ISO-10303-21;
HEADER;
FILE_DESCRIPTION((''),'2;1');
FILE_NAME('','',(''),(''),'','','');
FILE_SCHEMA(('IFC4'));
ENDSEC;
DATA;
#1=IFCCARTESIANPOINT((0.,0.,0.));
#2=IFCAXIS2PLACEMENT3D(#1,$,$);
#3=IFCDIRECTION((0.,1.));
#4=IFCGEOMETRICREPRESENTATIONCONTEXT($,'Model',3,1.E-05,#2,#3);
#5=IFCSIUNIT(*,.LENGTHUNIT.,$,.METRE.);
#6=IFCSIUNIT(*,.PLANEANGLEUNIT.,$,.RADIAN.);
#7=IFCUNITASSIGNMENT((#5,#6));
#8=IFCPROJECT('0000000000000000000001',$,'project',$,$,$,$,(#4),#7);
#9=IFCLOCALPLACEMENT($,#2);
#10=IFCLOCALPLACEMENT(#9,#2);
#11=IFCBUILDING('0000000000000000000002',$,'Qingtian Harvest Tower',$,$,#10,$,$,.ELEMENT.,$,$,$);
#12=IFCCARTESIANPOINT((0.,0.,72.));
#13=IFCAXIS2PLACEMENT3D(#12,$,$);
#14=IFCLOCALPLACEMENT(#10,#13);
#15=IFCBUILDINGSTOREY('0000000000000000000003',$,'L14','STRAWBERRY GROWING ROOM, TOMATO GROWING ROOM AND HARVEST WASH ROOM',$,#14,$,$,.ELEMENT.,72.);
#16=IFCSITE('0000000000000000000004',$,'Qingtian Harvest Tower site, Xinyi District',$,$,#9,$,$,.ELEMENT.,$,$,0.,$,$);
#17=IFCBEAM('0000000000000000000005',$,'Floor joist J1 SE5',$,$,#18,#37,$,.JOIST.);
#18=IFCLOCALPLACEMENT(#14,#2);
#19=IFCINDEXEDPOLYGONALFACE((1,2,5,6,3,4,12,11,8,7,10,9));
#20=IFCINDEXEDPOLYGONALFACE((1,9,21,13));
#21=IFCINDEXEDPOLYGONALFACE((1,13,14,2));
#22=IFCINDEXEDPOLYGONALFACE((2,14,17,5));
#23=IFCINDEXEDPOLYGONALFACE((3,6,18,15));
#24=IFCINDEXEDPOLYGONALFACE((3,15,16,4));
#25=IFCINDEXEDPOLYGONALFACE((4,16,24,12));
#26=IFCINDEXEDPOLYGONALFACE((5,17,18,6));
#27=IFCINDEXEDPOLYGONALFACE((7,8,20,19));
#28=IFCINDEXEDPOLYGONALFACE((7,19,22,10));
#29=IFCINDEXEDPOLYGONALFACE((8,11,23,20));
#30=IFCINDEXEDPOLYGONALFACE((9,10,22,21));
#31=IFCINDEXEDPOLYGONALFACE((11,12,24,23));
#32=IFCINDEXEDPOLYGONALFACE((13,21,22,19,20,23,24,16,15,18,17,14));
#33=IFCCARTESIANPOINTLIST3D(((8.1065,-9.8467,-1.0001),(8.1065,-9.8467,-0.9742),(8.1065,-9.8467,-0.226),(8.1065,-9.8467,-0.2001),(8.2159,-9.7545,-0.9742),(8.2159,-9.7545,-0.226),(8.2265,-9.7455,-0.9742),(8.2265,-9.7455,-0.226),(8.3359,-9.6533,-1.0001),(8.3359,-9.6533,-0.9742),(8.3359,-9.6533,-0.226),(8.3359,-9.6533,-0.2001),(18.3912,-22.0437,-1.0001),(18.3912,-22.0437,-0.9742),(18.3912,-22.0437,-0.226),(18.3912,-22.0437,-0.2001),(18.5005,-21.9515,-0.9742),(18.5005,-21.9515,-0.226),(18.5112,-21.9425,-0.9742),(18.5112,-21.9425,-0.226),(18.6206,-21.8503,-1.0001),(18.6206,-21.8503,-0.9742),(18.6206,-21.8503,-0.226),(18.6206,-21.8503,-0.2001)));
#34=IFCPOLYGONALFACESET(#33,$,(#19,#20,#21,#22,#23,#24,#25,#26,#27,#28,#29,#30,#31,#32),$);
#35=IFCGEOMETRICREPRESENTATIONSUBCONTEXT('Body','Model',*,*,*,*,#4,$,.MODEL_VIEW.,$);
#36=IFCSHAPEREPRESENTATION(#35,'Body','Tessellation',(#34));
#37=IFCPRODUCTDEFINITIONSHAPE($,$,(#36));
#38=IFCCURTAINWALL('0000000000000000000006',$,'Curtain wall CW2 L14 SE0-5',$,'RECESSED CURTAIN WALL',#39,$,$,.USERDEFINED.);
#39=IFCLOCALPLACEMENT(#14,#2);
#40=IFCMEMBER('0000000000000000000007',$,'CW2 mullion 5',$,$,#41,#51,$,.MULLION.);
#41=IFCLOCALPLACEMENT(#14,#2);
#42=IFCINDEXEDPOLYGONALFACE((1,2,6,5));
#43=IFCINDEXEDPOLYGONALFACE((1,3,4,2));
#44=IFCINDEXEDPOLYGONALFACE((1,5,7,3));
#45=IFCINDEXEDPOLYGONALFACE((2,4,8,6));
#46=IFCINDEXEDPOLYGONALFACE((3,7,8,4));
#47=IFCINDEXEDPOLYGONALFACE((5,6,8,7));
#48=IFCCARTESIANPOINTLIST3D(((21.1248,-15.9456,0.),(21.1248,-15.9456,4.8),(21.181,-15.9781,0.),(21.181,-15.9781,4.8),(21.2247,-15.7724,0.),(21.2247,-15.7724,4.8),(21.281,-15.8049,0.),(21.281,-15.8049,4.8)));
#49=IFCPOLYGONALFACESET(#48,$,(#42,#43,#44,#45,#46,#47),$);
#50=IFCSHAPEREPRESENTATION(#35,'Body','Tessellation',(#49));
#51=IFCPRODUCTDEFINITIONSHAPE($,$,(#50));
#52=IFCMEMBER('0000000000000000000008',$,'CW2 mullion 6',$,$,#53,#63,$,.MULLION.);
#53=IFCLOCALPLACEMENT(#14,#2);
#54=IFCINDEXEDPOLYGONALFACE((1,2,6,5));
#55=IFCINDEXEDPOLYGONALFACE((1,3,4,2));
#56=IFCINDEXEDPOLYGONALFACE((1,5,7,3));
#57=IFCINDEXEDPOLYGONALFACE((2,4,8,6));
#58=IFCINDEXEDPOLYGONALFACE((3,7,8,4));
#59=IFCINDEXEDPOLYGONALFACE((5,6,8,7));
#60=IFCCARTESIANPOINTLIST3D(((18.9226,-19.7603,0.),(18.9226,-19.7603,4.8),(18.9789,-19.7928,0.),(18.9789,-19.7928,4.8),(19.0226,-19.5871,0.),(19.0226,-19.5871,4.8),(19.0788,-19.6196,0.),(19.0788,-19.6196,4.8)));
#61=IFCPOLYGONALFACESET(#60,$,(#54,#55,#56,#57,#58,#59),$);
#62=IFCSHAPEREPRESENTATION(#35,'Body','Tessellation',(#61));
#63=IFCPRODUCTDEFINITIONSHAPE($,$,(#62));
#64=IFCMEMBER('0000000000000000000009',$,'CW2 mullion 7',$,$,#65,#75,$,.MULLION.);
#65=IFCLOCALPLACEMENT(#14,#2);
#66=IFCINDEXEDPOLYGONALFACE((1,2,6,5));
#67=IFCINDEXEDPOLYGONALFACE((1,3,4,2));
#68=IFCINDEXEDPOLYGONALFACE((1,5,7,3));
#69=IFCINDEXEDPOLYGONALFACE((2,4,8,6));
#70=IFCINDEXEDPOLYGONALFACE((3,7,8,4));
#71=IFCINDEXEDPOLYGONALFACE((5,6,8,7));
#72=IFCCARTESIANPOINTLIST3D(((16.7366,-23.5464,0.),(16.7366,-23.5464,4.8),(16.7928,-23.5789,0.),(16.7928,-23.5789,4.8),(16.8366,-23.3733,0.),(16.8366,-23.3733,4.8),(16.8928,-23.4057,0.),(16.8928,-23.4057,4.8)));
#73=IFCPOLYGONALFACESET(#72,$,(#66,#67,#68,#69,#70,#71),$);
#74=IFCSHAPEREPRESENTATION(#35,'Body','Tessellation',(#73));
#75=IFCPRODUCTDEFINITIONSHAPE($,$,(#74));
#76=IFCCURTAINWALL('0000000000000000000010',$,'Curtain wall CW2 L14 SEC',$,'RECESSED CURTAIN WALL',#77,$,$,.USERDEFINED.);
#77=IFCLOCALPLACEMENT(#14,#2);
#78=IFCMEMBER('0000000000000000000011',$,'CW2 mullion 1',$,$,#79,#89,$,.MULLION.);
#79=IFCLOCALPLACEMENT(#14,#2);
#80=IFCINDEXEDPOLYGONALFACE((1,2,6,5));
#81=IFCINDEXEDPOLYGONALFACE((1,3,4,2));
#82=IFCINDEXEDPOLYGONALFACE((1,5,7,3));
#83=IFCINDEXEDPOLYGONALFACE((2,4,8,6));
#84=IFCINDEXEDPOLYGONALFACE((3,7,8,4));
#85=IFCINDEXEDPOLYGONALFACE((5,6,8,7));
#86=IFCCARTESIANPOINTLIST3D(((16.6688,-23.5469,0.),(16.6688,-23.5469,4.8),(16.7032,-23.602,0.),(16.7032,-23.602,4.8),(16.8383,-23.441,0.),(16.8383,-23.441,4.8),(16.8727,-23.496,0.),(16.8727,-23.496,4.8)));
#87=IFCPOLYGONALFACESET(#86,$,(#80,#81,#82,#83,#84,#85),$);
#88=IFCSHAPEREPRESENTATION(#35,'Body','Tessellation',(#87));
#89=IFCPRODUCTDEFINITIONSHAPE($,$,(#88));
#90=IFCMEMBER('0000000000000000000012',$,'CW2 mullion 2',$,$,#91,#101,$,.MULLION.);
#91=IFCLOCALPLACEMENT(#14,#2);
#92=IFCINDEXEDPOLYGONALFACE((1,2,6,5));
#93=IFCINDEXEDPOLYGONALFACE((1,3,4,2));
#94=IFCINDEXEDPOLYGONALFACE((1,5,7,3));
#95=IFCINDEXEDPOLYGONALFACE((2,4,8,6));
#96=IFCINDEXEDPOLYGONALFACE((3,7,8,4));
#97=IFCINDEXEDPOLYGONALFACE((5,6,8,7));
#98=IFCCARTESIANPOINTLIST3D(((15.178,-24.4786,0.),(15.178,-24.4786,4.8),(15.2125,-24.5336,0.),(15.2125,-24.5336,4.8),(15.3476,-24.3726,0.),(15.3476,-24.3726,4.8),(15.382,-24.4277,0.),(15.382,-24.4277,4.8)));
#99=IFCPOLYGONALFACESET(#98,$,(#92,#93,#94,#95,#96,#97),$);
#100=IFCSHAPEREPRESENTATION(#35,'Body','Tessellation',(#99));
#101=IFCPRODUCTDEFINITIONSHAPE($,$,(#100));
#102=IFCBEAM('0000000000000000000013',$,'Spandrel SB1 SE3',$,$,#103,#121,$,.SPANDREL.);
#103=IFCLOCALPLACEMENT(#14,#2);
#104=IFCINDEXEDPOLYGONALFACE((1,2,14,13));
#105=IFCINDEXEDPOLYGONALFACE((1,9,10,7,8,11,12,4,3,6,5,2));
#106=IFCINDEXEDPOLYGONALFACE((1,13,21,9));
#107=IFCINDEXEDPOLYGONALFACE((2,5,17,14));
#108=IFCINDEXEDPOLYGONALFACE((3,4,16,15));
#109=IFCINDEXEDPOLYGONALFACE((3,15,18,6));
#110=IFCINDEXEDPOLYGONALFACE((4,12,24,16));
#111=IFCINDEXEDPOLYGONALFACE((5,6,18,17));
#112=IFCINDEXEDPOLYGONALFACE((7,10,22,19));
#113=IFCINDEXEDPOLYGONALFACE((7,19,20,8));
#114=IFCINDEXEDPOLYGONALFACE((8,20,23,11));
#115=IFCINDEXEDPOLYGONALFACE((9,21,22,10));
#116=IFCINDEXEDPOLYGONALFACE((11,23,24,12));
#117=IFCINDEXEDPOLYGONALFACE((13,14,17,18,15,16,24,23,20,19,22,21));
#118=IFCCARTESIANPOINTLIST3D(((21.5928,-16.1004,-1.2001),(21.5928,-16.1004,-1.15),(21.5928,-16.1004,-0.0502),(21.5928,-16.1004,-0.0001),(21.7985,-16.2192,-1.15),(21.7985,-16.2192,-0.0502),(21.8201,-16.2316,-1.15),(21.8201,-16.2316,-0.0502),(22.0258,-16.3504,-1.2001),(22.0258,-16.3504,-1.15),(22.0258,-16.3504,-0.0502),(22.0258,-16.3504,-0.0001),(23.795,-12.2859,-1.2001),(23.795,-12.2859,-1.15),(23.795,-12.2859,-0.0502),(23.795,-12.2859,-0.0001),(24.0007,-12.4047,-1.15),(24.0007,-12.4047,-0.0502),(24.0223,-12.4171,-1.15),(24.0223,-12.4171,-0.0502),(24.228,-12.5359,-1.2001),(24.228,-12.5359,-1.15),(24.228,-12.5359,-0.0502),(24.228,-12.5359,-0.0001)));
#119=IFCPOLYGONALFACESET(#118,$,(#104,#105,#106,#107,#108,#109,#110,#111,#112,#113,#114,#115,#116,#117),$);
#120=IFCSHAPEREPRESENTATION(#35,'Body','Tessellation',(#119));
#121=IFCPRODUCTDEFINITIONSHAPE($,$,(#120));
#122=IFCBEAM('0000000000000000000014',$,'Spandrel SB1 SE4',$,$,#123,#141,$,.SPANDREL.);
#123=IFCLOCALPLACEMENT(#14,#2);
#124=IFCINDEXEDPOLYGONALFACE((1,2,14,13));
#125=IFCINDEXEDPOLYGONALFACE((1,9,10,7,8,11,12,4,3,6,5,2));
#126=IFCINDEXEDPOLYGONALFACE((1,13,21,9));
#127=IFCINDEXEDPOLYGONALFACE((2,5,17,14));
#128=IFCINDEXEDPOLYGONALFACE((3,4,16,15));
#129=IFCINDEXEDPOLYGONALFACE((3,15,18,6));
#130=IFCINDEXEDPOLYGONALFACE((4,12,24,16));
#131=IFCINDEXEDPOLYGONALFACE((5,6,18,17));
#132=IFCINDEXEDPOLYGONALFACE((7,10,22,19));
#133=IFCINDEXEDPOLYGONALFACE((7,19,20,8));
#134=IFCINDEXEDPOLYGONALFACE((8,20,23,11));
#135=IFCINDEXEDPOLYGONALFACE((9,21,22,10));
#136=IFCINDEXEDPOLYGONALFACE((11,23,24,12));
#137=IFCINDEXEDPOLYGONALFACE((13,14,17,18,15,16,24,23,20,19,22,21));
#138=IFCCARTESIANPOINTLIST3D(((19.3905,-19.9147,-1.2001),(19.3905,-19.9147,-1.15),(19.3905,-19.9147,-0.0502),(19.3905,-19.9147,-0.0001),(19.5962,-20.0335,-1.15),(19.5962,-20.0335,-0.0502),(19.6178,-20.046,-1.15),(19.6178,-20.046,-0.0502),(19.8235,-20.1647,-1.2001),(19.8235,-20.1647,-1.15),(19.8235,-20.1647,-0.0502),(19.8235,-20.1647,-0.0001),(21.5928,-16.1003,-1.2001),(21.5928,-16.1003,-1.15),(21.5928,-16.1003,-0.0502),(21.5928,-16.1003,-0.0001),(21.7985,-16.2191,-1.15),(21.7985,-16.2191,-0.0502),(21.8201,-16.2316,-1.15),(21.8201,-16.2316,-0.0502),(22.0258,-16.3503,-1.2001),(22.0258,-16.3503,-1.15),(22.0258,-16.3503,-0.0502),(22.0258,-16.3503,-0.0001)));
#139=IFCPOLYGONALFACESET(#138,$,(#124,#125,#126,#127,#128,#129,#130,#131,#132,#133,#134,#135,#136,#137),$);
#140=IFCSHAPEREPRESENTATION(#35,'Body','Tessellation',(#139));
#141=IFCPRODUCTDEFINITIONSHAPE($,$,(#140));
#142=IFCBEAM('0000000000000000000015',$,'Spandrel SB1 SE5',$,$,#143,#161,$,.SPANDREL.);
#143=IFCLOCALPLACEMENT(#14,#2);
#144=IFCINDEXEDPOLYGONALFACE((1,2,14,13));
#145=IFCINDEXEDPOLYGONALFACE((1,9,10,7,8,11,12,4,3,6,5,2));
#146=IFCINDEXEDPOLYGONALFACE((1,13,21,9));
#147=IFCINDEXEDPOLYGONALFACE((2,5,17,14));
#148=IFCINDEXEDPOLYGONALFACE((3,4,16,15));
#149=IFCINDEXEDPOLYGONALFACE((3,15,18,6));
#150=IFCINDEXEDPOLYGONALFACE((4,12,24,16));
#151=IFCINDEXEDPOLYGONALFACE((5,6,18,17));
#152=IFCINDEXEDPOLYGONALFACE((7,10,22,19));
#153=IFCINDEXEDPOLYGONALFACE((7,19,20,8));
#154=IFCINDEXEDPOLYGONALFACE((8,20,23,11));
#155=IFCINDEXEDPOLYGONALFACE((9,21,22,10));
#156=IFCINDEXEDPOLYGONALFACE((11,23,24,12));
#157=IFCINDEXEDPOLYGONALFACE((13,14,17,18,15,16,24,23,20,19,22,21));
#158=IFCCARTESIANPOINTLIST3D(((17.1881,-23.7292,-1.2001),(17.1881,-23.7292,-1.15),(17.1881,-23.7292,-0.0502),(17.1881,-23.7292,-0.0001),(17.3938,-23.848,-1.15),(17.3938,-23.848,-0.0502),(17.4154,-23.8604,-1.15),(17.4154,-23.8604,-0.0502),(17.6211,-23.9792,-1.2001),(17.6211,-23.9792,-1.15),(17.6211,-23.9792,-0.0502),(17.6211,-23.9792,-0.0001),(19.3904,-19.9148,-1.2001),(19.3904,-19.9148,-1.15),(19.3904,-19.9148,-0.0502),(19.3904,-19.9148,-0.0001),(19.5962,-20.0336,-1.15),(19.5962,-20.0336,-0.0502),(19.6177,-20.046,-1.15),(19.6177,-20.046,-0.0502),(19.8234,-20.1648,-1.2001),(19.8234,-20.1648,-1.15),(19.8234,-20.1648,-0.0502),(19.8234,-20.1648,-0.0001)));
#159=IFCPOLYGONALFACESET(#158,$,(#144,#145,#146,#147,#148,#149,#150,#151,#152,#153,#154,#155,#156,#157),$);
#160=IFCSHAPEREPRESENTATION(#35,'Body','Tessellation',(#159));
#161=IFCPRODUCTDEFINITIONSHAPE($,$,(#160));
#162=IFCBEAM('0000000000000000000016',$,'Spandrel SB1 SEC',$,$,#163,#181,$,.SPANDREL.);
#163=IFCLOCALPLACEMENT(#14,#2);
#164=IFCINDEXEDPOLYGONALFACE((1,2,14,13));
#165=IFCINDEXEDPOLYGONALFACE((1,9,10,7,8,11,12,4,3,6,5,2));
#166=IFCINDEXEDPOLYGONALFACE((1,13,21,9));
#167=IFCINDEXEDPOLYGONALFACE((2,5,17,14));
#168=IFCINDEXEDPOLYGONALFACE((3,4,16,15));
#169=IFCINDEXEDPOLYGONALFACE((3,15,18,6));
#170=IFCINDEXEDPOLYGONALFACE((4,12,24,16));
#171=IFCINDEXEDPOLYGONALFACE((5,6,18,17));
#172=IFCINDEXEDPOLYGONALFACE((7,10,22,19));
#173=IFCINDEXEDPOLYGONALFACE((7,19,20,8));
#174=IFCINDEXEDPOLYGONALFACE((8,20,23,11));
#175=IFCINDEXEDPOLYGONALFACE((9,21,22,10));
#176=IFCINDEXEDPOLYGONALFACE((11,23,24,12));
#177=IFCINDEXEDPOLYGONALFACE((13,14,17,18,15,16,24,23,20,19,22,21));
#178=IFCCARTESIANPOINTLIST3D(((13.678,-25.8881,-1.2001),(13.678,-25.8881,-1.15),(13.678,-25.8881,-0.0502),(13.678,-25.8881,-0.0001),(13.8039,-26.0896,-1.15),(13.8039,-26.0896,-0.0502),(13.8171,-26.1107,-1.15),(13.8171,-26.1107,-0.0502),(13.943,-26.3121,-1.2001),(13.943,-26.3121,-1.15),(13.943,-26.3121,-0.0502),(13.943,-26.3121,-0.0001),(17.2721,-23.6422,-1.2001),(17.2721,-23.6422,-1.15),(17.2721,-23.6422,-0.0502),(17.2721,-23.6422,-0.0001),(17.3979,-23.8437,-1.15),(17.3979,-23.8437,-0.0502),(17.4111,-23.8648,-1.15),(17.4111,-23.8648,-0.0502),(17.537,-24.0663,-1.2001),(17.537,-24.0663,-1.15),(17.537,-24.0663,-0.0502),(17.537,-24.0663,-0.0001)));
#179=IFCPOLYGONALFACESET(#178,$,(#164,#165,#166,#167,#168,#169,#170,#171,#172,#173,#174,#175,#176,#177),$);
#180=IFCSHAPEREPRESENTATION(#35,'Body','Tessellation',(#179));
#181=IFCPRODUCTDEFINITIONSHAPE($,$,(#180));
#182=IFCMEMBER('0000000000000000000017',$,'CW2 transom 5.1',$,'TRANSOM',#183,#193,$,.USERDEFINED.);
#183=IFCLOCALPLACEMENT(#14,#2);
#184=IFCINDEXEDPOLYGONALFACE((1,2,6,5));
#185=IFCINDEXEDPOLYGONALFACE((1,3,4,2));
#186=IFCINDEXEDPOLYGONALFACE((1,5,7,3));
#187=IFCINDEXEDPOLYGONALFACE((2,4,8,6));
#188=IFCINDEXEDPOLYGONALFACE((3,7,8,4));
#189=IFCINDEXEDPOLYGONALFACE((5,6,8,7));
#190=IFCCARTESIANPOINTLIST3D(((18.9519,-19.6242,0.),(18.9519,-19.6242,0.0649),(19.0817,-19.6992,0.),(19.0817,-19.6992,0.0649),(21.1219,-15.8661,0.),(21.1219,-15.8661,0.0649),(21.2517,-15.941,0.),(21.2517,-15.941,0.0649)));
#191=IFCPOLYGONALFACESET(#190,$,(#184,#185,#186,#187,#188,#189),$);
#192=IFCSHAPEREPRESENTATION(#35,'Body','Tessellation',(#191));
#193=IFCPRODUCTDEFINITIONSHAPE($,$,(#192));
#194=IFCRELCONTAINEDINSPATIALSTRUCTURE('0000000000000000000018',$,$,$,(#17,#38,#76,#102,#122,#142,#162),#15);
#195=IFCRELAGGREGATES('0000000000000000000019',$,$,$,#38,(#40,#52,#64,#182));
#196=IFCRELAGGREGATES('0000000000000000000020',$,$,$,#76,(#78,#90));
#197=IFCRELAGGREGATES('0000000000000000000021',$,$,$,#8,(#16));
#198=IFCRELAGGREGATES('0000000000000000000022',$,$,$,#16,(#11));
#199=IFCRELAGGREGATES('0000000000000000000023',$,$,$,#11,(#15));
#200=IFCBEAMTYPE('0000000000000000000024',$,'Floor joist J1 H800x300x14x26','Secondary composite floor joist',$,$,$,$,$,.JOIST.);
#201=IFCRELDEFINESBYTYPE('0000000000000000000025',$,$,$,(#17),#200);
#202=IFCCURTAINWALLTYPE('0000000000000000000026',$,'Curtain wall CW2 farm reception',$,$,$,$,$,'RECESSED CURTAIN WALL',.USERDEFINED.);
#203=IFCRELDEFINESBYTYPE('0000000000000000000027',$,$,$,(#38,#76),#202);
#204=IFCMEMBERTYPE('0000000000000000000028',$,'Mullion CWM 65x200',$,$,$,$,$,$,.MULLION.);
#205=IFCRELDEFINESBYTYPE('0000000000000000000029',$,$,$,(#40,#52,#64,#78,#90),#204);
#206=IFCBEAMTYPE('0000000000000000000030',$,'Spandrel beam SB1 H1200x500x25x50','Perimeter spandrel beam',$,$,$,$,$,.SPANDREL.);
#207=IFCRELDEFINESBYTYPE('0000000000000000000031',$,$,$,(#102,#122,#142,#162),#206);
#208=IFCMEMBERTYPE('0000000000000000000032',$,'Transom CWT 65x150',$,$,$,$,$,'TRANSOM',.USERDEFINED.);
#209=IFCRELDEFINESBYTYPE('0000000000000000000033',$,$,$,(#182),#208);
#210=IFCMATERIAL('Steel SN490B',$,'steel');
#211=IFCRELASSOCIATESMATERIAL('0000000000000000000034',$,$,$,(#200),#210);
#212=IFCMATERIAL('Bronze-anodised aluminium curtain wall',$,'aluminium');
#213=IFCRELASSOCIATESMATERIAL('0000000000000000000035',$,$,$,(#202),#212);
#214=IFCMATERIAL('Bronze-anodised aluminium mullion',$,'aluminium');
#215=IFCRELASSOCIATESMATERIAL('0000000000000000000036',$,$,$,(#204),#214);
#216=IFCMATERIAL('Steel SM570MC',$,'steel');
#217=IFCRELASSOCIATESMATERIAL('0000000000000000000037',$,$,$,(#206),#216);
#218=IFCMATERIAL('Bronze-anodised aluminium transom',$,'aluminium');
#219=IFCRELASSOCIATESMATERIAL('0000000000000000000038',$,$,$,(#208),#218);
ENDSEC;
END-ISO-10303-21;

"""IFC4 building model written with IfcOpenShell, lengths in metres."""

from ifc_helpers import new_model, si_unit, direction, frame, origin, origin_2d, place, context, subcontext, project, spatial, rectangle, i_section, extrude, material, material_profile, profile_set, type_object, element, aggregate, save


model = new_model("IFC4")

# Units and contexts
model_context = context("Model", 3, precision=1e-05, world=origin(), true_north=direction((0.0, 1.0)))
body_context = subcontext(model_context, "Body", "Model", "MODEL_VIEW")
ifc_project = project(units=[si_unit("LENGTHUNIT", "METRE"), si_unit("PLANEANGLEUNIT", "RADIAN")], contexts=[model_context])

# Site, building, storey
site_placement = place(None, origin())
site = spatial("IfcSite", under=ifc_project, at=site_placement, Name="Qingtian Harvest Tower site, Xinyi District", CompositionType="ELEMENT", RefElevation=0.0)
building_placement = place(site_placement, origin())
building = spatial("IfcBuilding", under=site, at=building_placement, Name="Qingtian Harvest Tower", CompositionType="ELEMENT")
storey_placement = place(building_placement, frame((0.0, 0.0, 72.0)))
storey = spatial("IfcBuildingStorey", under=building, at=storey_placement, Name="L14", Description="STRAWBERRY GROWING ROOM, TOMATO GROWING ROOM AND HARVEST WASH ROOM", CompositionType="ELEMENT", Elevation=72.0)

# Beam
ifc_material_1 = material(Name="Steel SN490B", Category="steel")
ifc_material_profile_1 = material_profile(ifc_material_1, i_section(OverallWidth=0.3, OverallDepth=0.8, WebThickness=0.0139, FlangeThickness=0.0259, at=origin_2d()), Name="H800x300x14x26")
ifc_profile_set_1 = profile_set([ifc_material_profile_1], Name="Steel SN490B")
beam_type_1 = type_object("IfcBeamType", Name="Floor joist J1 H800x300x14x26", Description="Secondary composite floor joist", PredefinedType="JOIST", material=ifc_profile_set_1)
beam_1_placement = place(storey_placement, frame((18.5059, -21.947, -0.6001), z_axis=(-0.64463, 0.764494, 0.0), x_axis=(-0.764494, -0.64463, 0.0)))
element("IfcBeam", 1, at=beam_1_placement, inside=storey, type_object=beam_type_1, Name="Floor joist J1 SE5", PredefinedType="JOIST", context=body_context, shape_type="SweptSolid", body=[
    extrude(i_section(OverallWidth=0.3, OverallDepth=0.8, WebThickness=0.0139, FlangeThickness=0.0259, at=origin_2d()), origin(), (0.0, 0.0, 1.0), 15.9543),
])

# Curtain walls, members
ifc_material_2 = material(Name="Bronze-anodised aluminium curtain wall", Category="aluminium")
curtain_wall_type = type_object("IfcCurtainWallType", Name="Curtain wall CW2 farm reception", ElementType="RECESSED CURTAIN WALL", PredefinedType="USERDEFINED", material=ifc_material_2)
curtain_wall_1_placement = place(storey_placement, origin())
curtain_wall_1 = element("IfcCurtainWall", 2, at=curtain_wall_1_placement, inside=storey, type_object=curtain_wall_type, Name="Curtain wall CW2 L14 SE0-5", ObjectType="RECESSED CURTAIN WALL", PredefinedType="USERDEFINED")
ifc_material_3 = material(Name="Bronze-anodised aluminium mullion", Category="aluminium")
ifc_material_profile_2 = material_profile(ifc_material_3, rectangle(XDim=0.0649, YDim=0.2, at=origin_2d()), Name="AL 65x200")
ifc_profile_set_2 = profile_set([ifc_material_profile_2], Name="Bronze-anodised aluminium mullion")
member_type_1 = type_object("IfcMemberType", Name="Mullion CWM 65x200", PredefinedType="MULLION", material=ifc_profile_set_2)
member_1_placement = place(storey_placement, frame((21.2029, -15.8752, 0.0), z_axis=(0.0, 0.0, 1.0), x_axis=(0.866025, -0.5, 0.0)))
member_1 = element("IfcMember", 3, at=member_1_placement, type_object=member_type_1, Name="CW2 mullion 5", PredefinedType="MULLION", context=body_context, shape_type="SweptSolid", body=[
    extrude(rectangle(XDim=0.0649, YDim=0.2, at=origin_2d()), origin(), (0.0, 0.0, 1.0), 4.8),
])
member_2_placement = place(storey_placement, frame((19.0007, -19.6899, 0.0), z_axis=(0.0, 0.0, 1.0), x_axis=(0.866025, -0.5, 0.0)))
member_2 = element("IfcMember", 4, at=member_2_placement, type_object=member_type_1, Name="CW2 mullion 6", PredefinedType="MULLION", context=body_context, shape_type="SweptSolid", body=[
    extrude(rectangle(XDim=0.0649, YDim=0.2, at=origin_2d()), origin(), (0.0, 0.0, 1.0), 4.8),
])
member_3_placement = place(storey_placement, frame((16.8147, -23.4761, 0.0), z_axis=(0.0, 0.0, 1.0), x_axis=(0.866025, -0.5, 0.0)))
member_3 = element("IfcMember", 5, at=member_3_placement, type_object=member_type_1, Name="CW2 mullion 7", PredefinedType="MULLION", context=body_context, shape_type="SweptSolid", body=[
    extrude(rectangle(XDim=0.0649, YDim=0.2, at=origin_2d()), origin(), (0.0, 0.0, 1.0), 4.8),
])
curtain_wall_2_placement = place(storey_placement, origin())
curtain_wall_2 = element("IfcCurtainWall", 6, at=curtain_wall_2_placement, inside=storey, type_object=curtain_wall_type, Name="Curtain wall CW2 L14 SEC", ObjectType="RECESSED CURTAIN WALL", PredefinedType="USERDEFINED")
member_4_placement = place(storey_placement, frame((16.7708, -23.5215, 0.0), z_axis=(0.0, 0.0, 1.0), x_axis=(0.529919, -0.848048, 0.0)))
member_4 = element("IfcMember", 7, at=member_4_placement, type_object=member_type_1, Name="CW2 mullion 1", PredefinedType="MULLION", context=body_context, shape_type="SweptSolid", body=[
    extrude(rectangle(XDim=0.0649, YDim=0.2, at=origin_2d()), origin(), (0.0, 0.0, 1.0), 4.8),
])
member_5_placement = place(storey_placement, frame((15.28, -24.4531, 0.0), z_axis=(0.0, 0.0, 1.0), x_axis=(0.529919, -0.848048, 0.0)))
member_5 = element("IfcMember", 8, at=member_5_placement, type_object=member_type_1, Name="CW2 mullion 2", PredefinedType="MULLION", context=body_context, shape_type="SweptSolid", body=[
    extrude(rectangle(XDim=0.0649, YDim=0.2, at=origin_2d()), origin(), (0.0, 0.0, 1.0), 4.8),
])

# Beams
ifc_material_4 = material(Name="Steel SM570MC", Category="steel")
ifc_material_profile_3 = material_profile(ifc_material_4, i_section(OverallWidth=0.5, OverallDepth=1.2, WebThickness=0.0249, FlangeThickness=0.05, at=origin_2d()), Name="H1200x500x25x50")
ifc_profile_set_3 = profile_set([ifc_material_profile_3], Name="Steel SM570MC")
beam_type_2 = type_object("IfcBeamType", Name="Spandrel beam SB1 H1200x500x25x50", Description="Perimeter spandrel beam", PredefinedType="SPANDREL", material=ifc_profile_set_3)
for number, where, z_axis, x_axis, name in (
    (9, (24.0115, -12.4109, -0.6001), (-0.499978, -0.866038, 0.0), (0.866038, -0.499978, 0.0), "Spandrel SB1 SE3"),
    (10, (21.8093, -16.2253, -0.6001), (-0.50002, -0.866014, 0.0), (0.866014, -0.50002, 0.0), "Spandrel SB1 SE4"),
    (11, (19.6069, -20.0398, -0.6001), (-0.50002, -0.866014, 0.0), (0.866014, -0.50002, 0.0), "Spandrel SB1 SE5"),
):
    element("IfcBeam", number, at=place(storey_placement, frame(where, z_axis=z_axis, x_axis=x_axis)), inside=storey, type_object=beam_type_2, Name=name, PredefinedType="SPANDREL", context=body_context, shape_type="SweptSolid", body=[
        extrude(i_section(OverallWidth=0.5, OverallDepth=1.2, WebThickness=0.0249, FlangeThickness=0.05, at=origin_2d()), origin(), (0.0, 0.0, 1.0), 4.4045),
    ])
beam_2_placement = place(storey_placement, frame((17.4045, -23.8542, -0.6001), z_axis=(-0.84804, -0.529932, 0.0), x_axis=(0.529932, -0.84804, 0.0)))
element("IfcBeam", 12, at=beam_2_placement, inside=storey, type_object=beam_type_2, Name="Spandrel SB1 SEC", PredefinedType="SPANDREL", context=body_context, shape_type="SweptSolid", body=[
    extrude(i_section(OverallWidth=0.5, OverallDepth=1.2, WebThickness=0.0249, FlangeThickness=0.05, at=origin_2d()), origin(), (0.0, 0.0, 1.0), 4.238),
])

# Member
ifc_material_5 = material(Name="Bronze-anodised aluminium transom", Category="aluminium")
ifc_material_profile_4 = material_profile(ifc_material_5, rectangle(XDim=0.1499, YDim=0.0649, at=origin_2d()), Name="AL 65x150")
ifc_profile_set_4 = profile_set([ifc_material_profile_4], Name="Bronze-anodised aluminium transom")
member_type_2 = type_object("IfcMemberType", Name="Transom CWT 65x150", ElementType="TRANSOM", PredefinedType="USERDEFINED", material=ifc_profile_set_4)
member_6_placement = place(storey_placement, frame((21.1868, -15.9036, 0.0325), z_axis=(-0.500036, -0.866005, 0.0), x_axis=(0.866005, -0.500036, 0.0)))
member_6 = element("IfcMember", 13, at=member_6_placement, type_object=member_type_2, Name="CW2 transom 5.1", ObjectType="TRANSOM", PredefinedType="USERDEFINED", context=body_context, shape_type="SweptSolid", body=[
    extrude(rectangle(XDim=0.1499, YDim=0.0649, at=origin_2d()), origin(), (0.0, 0.0, 1.0), 4.3396),
])

aggregate(curtain_wall_1, [member_1, member_2, member_3, member_6])
aggregate(curtain_wall_2, [member_4, member_5])

save(model, "model.ifc")
